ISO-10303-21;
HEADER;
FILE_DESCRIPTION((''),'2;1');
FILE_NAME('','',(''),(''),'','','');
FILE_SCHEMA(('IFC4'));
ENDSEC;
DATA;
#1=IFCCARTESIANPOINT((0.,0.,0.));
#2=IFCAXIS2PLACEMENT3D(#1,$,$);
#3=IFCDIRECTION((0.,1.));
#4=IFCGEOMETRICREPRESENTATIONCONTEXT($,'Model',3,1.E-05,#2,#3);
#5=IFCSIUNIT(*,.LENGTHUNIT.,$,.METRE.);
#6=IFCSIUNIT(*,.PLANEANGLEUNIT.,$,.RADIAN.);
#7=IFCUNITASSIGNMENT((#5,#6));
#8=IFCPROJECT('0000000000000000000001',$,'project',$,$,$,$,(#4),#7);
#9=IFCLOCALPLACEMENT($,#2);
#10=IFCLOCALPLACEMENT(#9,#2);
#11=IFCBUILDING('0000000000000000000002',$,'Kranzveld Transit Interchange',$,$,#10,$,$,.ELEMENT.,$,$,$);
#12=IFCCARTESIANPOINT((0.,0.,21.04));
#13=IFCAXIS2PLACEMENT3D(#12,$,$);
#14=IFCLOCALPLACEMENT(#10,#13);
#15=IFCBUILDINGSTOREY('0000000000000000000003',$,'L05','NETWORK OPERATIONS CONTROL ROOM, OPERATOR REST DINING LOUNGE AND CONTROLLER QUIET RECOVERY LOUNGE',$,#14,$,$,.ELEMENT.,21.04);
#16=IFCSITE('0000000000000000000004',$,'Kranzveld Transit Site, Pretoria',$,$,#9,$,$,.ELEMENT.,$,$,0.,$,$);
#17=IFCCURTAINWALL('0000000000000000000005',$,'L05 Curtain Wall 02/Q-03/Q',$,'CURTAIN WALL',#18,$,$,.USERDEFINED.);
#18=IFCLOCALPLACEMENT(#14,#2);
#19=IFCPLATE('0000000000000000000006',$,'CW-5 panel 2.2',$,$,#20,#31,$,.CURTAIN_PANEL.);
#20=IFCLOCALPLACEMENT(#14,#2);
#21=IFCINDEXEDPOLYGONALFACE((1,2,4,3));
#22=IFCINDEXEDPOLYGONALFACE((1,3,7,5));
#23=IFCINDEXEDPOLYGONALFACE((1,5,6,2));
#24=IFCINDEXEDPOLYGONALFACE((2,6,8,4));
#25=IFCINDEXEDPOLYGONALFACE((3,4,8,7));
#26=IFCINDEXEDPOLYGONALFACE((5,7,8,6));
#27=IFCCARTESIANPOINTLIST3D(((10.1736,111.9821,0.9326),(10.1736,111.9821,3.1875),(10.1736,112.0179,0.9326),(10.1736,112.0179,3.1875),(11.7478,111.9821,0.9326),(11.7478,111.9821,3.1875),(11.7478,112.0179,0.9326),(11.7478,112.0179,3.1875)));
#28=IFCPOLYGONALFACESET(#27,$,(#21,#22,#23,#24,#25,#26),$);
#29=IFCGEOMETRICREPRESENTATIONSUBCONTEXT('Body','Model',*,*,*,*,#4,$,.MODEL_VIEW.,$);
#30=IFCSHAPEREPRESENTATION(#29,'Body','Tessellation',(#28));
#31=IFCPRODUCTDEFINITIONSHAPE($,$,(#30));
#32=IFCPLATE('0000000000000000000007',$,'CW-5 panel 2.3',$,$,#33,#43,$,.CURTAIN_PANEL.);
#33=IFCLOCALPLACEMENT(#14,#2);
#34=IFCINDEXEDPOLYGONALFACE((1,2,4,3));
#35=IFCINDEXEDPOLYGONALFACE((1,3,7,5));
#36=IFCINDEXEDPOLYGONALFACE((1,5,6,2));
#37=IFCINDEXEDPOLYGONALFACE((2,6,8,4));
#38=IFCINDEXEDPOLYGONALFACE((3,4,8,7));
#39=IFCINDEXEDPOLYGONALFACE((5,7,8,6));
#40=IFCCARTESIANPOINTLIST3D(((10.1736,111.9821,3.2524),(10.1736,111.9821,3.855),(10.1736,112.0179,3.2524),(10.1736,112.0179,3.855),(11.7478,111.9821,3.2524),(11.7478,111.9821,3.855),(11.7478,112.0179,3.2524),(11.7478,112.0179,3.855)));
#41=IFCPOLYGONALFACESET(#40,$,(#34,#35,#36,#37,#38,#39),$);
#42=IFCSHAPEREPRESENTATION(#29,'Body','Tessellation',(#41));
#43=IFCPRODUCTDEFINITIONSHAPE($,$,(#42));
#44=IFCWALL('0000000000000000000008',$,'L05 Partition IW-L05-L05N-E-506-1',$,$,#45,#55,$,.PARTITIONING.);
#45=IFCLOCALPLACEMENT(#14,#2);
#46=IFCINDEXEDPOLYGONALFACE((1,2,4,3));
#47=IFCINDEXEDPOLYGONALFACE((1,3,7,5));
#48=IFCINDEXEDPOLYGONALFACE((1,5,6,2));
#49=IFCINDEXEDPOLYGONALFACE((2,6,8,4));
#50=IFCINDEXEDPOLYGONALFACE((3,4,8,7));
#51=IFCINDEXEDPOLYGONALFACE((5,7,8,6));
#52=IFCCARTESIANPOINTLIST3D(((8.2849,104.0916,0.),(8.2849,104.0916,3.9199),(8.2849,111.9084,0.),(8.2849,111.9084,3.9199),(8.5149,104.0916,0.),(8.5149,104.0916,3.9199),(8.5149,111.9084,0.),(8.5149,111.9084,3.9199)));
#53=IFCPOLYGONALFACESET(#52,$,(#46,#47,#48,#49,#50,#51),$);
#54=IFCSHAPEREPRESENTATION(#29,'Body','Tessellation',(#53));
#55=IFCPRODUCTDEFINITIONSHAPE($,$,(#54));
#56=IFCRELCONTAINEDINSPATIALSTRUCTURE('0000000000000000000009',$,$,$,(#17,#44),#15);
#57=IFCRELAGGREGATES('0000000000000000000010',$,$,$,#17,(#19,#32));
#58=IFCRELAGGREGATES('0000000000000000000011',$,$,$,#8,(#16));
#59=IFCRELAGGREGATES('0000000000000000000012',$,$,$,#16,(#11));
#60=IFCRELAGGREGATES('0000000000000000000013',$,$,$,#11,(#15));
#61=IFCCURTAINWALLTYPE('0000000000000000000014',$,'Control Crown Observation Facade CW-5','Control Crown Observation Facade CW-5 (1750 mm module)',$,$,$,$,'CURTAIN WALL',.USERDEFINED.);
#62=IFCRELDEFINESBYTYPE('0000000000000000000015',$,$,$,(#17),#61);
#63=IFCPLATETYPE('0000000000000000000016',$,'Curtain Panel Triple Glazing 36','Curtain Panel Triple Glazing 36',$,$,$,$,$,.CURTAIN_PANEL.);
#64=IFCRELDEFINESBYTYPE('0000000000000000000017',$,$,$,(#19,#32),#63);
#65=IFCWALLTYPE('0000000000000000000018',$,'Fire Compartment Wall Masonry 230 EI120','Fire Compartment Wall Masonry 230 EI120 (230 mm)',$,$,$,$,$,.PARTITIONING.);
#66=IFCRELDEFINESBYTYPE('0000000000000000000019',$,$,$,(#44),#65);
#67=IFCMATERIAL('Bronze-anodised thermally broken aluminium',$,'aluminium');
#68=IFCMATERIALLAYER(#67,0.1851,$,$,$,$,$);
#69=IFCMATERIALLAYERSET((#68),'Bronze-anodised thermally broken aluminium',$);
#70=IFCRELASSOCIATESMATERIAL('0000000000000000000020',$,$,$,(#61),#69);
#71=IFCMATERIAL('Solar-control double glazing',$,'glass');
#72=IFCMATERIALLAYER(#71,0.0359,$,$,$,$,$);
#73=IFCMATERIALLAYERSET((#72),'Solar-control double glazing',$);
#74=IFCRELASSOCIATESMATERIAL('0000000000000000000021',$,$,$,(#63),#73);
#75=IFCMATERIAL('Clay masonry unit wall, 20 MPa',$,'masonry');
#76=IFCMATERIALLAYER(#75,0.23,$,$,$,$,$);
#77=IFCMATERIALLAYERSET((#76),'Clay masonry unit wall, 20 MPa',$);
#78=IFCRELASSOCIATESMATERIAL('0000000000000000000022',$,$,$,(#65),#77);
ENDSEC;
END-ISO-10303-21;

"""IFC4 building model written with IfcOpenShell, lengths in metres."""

from ifc_helpers import new_model, si_unit, direction, frame, frame_2d, origin, origin_2d, place, context, subcontext, project, spatial, rectangle, extrude, material, layer, layer_set, type_object, element, aggregate, save


model = new_model("IFC4")

# Units and contexts
model_context = context("Model", 3, precision=1e-05, world=origin(), true_north=direction((0.0, 1.0)))
body_context = subcontext(model_context, "Body", "Model", "MODEL_VIEW")
ifc_project = project(units=[si_unit("LENGTHUNIT", "METRE"), si_unit("PLANEANGLEUNIT", "RADIAN")], contexts=[model_context])

# Site, building, storey
site_placement = place(None, origin())
site = spatial("IfcSite", under=ifc_project, at=site_placement, Name="Kranzveld Transit Site, Pretoria", CompositionType="ELEMENT", RefElevation=0.0)
building_placement = place(site_placement, origin())
building = spatial("IfcBuilding", under=site, at=building_placement, Name="Kranzveld Transit Interchange", CompositionType="ELEMENT")
storey_placement = place(building_placement, frame((0.0, 0.0, 21.04)))
storey = spatial("IfcBuildingStorey", under=building, at=storey_placement, Name="L05", Description="NETWORK OPERATIONS CONTROL ROOM, OPERATOR REST DINING LOUNGE AND CONTROLLER QUIET RECOVERY LOUNGE", CompositionType="ELEMENT", Elevation=21.04)

# Curtain wall
ifc_material_1 = material(Name="Bronze-anodised thermally broken aluminium", Category="aluminium")
ifc_layer_1 = layer(ifc_material_1, 0.1851)
ifc_layer_set_1 = layer_set([ifc_layer_1], Name="Bronze-anodised thermally broken aluminium")
curtain_wall_type = type_object("IfcCurtainWallType", Name="Control Crown Observation Facade CW-5", Description="Control Crown Observation Facade CW-5 (1750 mm module)", ElementType="CURTAIN WALL", PredefinedType="USERDEFINED", material=ifc_layer_set_1)
curtain_wall_1_placement = place(storey_placement, origin())
curtain_wall_1 = element("IfcCurtainWall", 1, at=curtain_wall_1_placement, inside=storey, type_object=curtain_wall_type, Name="L05 Curtain Wall 02/Q-03/Q", ObjectType="CURTAIN WALL", PredefinedType="USERDEFINED")

# Plates
ifc_material_2 = material(Name="Solar-control double glazing", Category="glass")
ifc_layer_2 = layer(ifc_material_2, 0.0359)
ifc_layer_set_2 = layer_set([ifc_layer_2], Name="Solar-control double glazing")
plate_type = type_object("IfcPlateType", Name="Curtain Panel Triple Glazing 36", Description="Curtain Panel Triple Glazing 36", PredefinedType="CURTAIN_PANEL", material=ifc_layer_set_2)
plate_1_placement = place(storey_placement, frame((10.9607, 112.0, 0.9326), z_axis=(0.0, 0.0, 1.0), x_axis=(1.0, 0.0, 0.0)))
plate_1 = element("IfcPlate", 2, at=plate_1_placement, type_object=plate_type, Name="CW-5 panel 2.2", PredefinedType="CURTAIN_PANEL", context=body_context, shape_type="SweptSolid", body=[
    extrude(rectangle(XDim=1.5742, YDim=0.0359, at=origin_2d()), origin(), (0.0, 0.0, 1.0), 2.2549),
])
plate_2_placement = place(storey_placement, frame((10.9607, 112.0, 3.2524), z_axis=(0.0, 0.0, 1.0), x_axis=(1.0, 0.0, 0.0)))
plate_2 = element("IfcPlate", 3, at=plate_2_placement, type_object=plate_type, Name="CW-5 panel 2.3", PredefinedType="CURTAIN_PANEL", context=body_context, shape_type="SweptSolid", body=[
    extrude(rectangle(XDim=1.5742, YDim=0.0359, at=origin_2d()), origin(), (0.0, 0.0, 1.0), 0.6025),
])
aggregate(curtain_wall_1, [plate_1, plate_2])

# Wall
ifc_material_3 = material(Name="Clay masonry unit wall, 20 MPa", Category="masonry")
ifc_layer_3 = layer(ifc_material_3, 0.23)
ifc_layer_set_3 = layer_set([ifc_layer_3], Name="Clay masonry unit wall, 20 MPa")
wall_type = type_object("IfcWallType", Name="Fire Compartment Wall Masonry 230 EI120", Description="Fire Compartment Wall Masonry 230 EI120 (230 mm)", PredefinedType="PARTITIONING", material=ifc_layer_set_3)
wall_placement = place(storey_placement, frame((8.3999, 104.0916, 0.0), z_axis=(0.0, 0.0, 1.0), x_axis=(0.0, 1.0, 0.0)))
element("IfcWall", 4, at=wall_placement, inside=storey, type_object=wall_type, Name="L05 Partition IW-L05-L05N-E-506-1", PredefinedType="PARTITIONING", context=body_context, shape_type="SweptSolid", body=[
    extrude(rectangle(XDim=7.8169, YDim=0.23, at=frame_2d((3.9084, 0.0))), origin(), (0.0, 0.0, 1.0), 3.9199),
])

save(model, "model.ifc")
